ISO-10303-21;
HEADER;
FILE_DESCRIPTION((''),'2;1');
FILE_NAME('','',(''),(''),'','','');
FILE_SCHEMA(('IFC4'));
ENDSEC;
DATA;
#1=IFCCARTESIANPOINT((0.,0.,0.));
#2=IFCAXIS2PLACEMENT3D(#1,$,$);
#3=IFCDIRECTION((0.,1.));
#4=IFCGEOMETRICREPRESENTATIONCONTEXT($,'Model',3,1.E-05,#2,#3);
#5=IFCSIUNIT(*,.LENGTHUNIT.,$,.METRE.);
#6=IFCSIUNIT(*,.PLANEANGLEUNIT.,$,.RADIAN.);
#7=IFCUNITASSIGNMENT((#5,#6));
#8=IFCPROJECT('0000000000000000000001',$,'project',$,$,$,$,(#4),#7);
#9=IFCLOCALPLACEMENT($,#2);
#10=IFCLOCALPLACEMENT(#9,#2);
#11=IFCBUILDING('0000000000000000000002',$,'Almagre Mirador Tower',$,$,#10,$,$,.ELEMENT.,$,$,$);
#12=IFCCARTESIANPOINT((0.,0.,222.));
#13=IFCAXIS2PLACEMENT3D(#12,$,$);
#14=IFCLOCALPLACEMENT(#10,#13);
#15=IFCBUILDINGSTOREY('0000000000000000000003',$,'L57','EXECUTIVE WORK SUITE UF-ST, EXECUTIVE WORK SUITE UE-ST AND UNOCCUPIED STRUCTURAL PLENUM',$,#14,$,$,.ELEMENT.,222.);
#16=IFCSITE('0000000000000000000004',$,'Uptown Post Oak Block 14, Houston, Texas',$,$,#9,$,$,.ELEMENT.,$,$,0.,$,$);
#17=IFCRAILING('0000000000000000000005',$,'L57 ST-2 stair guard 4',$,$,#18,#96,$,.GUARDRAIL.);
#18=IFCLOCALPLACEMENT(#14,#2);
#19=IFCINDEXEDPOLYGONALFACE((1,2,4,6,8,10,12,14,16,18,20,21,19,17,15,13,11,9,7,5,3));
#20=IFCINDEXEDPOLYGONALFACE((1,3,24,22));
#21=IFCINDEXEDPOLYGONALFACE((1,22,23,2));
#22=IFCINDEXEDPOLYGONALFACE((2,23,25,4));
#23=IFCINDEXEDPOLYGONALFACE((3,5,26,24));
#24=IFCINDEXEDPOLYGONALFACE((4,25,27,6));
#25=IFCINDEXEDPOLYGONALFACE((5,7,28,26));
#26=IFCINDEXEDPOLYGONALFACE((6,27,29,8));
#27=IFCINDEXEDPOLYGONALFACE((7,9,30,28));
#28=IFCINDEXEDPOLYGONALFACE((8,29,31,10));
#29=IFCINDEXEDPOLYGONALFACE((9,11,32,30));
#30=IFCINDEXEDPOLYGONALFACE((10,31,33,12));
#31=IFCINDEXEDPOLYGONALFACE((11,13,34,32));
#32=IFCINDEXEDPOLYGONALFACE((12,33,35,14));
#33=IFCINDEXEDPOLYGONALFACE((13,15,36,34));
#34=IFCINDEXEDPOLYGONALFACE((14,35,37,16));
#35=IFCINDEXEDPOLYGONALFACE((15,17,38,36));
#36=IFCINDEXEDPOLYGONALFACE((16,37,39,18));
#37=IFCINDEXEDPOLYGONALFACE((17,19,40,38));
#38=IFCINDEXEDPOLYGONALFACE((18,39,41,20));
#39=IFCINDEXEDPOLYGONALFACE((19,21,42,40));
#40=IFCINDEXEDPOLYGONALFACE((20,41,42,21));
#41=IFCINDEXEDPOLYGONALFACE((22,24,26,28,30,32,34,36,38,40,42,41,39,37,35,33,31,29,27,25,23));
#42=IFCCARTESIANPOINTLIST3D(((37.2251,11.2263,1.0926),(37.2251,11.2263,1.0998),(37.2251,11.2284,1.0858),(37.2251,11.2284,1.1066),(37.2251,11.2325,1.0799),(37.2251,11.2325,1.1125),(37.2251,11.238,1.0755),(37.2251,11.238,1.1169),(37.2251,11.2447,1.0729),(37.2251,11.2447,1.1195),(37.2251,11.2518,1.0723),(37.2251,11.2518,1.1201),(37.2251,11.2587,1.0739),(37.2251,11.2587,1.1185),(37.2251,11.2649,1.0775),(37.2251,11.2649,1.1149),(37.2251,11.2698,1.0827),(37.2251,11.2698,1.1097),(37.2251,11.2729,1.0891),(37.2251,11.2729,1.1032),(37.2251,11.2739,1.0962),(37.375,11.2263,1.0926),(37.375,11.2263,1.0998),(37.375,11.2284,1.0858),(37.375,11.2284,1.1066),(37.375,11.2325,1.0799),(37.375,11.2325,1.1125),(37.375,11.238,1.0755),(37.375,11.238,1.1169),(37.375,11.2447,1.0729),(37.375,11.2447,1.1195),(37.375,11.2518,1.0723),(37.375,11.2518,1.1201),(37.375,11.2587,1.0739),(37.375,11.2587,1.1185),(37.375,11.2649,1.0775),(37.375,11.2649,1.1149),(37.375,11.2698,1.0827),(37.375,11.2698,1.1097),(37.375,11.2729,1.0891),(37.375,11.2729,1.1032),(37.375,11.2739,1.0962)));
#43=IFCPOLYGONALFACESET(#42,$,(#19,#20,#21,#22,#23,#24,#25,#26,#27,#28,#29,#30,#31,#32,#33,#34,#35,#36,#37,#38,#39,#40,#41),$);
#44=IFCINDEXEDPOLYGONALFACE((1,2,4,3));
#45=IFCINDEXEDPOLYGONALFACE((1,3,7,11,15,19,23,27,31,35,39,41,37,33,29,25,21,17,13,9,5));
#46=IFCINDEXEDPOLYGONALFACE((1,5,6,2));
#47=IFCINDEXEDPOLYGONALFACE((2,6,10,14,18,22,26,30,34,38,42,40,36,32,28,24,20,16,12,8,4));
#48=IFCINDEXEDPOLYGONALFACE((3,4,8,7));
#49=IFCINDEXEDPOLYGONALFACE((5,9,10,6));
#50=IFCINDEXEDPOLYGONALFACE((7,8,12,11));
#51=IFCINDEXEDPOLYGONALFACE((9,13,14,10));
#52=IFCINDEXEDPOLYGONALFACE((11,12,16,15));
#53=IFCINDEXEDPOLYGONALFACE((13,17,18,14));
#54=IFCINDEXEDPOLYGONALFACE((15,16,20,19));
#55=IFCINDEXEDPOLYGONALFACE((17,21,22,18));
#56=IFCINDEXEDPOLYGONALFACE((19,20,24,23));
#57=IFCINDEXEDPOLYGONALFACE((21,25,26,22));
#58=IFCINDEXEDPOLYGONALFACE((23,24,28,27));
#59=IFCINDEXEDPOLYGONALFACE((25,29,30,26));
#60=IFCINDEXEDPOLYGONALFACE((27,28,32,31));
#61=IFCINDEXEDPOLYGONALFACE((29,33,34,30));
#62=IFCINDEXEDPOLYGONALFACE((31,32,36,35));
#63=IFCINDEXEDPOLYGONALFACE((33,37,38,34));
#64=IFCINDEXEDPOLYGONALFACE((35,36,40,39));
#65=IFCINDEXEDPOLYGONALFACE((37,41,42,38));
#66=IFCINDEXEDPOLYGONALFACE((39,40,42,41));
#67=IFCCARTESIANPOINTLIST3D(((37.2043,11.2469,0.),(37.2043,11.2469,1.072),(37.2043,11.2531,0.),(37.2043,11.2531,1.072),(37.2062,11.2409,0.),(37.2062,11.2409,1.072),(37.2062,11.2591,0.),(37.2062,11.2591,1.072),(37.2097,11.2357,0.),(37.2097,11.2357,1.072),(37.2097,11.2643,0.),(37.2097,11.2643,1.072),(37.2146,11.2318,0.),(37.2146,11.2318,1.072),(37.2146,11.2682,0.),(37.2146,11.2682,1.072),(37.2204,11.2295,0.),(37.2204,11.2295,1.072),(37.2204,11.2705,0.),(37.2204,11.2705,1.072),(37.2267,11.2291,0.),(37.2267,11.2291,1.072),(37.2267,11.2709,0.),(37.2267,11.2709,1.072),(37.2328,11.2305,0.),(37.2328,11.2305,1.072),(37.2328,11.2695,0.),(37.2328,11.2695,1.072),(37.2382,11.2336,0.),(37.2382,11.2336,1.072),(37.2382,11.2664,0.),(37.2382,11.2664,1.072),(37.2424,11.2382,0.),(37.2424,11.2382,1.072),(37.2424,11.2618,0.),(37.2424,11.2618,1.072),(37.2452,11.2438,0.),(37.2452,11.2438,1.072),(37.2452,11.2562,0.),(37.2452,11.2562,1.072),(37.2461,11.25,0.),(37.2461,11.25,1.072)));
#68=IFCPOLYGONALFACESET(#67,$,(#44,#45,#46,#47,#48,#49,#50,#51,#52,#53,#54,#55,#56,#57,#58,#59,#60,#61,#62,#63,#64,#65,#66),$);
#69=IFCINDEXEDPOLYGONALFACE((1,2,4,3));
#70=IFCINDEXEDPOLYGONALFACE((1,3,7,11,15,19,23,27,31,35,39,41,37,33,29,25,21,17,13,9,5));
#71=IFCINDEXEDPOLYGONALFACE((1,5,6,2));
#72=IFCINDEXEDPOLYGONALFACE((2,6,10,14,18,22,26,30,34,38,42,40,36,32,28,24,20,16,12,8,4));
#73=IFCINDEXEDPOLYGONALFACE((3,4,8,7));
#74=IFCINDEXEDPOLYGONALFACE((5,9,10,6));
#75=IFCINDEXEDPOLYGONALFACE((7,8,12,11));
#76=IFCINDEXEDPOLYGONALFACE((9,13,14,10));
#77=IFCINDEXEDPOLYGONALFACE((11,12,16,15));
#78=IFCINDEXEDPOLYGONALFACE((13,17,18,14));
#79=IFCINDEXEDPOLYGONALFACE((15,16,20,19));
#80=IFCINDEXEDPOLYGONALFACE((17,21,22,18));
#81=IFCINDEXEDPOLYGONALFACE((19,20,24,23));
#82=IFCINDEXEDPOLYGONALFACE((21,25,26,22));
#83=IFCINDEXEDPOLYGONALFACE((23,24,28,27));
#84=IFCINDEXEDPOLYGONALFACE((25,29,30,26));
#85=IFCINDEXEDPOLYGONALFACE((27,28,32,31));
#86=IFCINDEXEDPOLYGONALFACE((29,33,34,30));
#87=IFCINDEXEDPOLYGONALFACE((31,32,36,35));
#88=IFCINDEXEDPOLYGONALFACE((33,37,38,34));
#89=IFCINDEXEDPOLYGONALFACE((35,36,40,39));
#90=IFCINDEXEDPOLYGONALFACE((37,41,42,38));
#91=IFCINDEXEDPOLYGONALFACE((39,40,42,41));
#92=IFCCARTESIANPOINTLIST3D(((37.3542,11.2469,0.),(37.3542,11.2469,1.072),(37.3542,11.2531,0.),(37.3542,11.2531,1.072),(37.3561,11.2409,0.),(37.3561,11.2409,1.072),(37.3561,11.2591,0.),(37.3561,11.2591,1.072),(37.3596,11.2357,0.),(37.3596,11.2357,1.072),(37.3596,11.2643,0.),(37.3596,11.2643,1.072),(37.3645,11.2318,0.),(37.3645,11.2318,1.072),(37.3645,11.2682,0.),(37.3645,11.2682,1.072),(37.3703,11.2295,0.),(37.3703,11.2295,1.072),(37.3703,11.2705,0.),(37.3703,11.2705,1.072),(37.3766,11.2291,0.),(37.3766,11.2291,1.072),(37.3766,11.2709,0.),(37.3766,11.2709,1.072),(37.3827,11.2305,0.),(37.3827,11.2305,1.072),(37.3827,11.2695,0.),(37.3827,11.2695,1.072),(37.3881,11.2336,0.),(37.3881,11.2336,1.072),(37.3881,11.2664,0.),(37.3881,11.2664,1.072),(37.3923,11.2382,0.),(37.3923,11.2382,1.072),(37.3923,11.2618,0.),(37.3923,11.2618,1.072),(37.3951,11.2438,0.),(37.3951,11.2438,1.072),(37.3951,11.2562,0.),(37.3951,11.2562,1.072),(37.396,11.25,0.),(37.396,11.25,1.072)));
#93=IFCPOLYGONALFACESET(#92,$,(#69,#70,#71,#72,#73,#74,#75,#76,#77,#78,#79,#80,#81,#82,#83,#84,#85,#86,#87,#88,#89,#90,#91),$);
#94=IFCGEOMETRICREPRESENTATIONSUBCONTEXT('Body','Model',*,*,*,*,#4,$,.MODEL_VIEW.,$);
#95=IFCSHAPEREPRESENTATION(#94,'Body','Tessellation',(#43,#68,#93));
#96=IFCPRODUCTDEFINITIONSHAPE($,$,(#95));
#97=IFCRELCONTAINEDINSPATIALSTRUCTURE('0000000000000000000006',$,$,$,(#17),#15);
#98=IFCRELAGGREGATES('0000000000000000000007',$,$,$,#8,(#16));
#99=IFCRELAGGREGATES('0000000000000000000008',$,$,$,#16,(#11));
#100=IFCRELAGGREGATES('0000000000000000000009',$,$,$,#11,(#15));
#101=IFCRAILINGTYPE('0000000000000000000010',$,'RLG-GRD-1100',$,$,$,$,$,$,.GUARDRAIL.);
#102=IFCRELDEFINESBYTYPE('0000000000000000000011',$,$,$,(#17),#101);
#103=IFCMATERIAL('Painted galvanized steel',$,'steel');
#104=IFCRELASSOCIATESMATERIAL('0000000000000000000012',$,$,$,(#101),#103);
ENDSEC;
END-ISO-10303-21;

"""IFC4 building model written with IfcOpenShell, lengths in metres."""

from ifc_helpers import new_model, si_unit, direction, frame, origin, origin_2d, place, context, subcontext, project, spatial, circle, extrude, material, type_object, element, save


model = new_model("IFC4")

# Units and contexts
model_context = context("Model", 3, precision=1e-05, world=origin(), true_north=direction((0.0, 1.0)))
body_context = subcontext(model_context, "Body", "Model", "MODEL_VIEW")
ifc_project = project(units=[si_unit("LENGTHUNIT", "METRE"), si_unit("PLANEANGLEUNIT", "RADIAN")], contexts=[model_context])

# Site, building, storey
site_placement = place(None, origin())
site = spatial("IfcSite", under=ifc_project, at=site_placement, Name="Uptown Post Oak Block 14, Houston, Texas", CompositionType="ELEMENT", RefElevation=0.0)
building_placement = place(site_placement, origin())
building = spatial("IfcBuilding", under=site, at=building_placement, Name="Almagre Mirador Tower", CompositionType="ELEMENT")
storey_placement = place(building_placement, frame((0.0, 0.0, 222.0)))
storey = spatial("IfcBuildingStorey", under=building, at=storey_placement, Name="L57", Description="EXECUTIVE WORK SUITE UF-ST, EXECUTIVE WORK SUITE UE-ST AND UNOCCUPIED STRUCTURAL PLENUM", CompositionType="ELEMENT", Elevation=222.0)

# Railing
ifc_material_1 = material(Name="Painted galvanized steel", Category="steel")
railing_type_1 = type_object("IfcRailingType", Name="RLG-GRD-1100", PredefinedType="GUARDRAIL", material=ifc_material_1)
railing_1_placement = place(storey_placement, frame((37.2251, 11.25, 0.0)))
element("IfcRailing", 1, at=railing_1_placement, inside=storey, type_object=railing_type_1, Name="L57 ST-2 stair guard 4", PredefinedType="GUARDRAIL", context=body_context, shape_type="SweptSolid", body=[
    extrude(circle(Radius=0.0239, at=origin_2d()), frame((0.0, 0.0, 1.0962), z_axis=(1.0, 0.0, 0.0), x_axis=(0.0, 1.0, 0.0)), (0.0, 0.0, 1.0), 0.1499),
    extrude(circle(Radius=0.021, at=origin_2d()), origin(), (0.0, 0.0, 1.0), 1.072),
    extrude(circle(Radius=0.021, at=origin_2d()), frame((0.1499, 0.0, 0.0)), (0.0, 0.0, 1.0), 1.072),
])

save(model, "model.ifc")
